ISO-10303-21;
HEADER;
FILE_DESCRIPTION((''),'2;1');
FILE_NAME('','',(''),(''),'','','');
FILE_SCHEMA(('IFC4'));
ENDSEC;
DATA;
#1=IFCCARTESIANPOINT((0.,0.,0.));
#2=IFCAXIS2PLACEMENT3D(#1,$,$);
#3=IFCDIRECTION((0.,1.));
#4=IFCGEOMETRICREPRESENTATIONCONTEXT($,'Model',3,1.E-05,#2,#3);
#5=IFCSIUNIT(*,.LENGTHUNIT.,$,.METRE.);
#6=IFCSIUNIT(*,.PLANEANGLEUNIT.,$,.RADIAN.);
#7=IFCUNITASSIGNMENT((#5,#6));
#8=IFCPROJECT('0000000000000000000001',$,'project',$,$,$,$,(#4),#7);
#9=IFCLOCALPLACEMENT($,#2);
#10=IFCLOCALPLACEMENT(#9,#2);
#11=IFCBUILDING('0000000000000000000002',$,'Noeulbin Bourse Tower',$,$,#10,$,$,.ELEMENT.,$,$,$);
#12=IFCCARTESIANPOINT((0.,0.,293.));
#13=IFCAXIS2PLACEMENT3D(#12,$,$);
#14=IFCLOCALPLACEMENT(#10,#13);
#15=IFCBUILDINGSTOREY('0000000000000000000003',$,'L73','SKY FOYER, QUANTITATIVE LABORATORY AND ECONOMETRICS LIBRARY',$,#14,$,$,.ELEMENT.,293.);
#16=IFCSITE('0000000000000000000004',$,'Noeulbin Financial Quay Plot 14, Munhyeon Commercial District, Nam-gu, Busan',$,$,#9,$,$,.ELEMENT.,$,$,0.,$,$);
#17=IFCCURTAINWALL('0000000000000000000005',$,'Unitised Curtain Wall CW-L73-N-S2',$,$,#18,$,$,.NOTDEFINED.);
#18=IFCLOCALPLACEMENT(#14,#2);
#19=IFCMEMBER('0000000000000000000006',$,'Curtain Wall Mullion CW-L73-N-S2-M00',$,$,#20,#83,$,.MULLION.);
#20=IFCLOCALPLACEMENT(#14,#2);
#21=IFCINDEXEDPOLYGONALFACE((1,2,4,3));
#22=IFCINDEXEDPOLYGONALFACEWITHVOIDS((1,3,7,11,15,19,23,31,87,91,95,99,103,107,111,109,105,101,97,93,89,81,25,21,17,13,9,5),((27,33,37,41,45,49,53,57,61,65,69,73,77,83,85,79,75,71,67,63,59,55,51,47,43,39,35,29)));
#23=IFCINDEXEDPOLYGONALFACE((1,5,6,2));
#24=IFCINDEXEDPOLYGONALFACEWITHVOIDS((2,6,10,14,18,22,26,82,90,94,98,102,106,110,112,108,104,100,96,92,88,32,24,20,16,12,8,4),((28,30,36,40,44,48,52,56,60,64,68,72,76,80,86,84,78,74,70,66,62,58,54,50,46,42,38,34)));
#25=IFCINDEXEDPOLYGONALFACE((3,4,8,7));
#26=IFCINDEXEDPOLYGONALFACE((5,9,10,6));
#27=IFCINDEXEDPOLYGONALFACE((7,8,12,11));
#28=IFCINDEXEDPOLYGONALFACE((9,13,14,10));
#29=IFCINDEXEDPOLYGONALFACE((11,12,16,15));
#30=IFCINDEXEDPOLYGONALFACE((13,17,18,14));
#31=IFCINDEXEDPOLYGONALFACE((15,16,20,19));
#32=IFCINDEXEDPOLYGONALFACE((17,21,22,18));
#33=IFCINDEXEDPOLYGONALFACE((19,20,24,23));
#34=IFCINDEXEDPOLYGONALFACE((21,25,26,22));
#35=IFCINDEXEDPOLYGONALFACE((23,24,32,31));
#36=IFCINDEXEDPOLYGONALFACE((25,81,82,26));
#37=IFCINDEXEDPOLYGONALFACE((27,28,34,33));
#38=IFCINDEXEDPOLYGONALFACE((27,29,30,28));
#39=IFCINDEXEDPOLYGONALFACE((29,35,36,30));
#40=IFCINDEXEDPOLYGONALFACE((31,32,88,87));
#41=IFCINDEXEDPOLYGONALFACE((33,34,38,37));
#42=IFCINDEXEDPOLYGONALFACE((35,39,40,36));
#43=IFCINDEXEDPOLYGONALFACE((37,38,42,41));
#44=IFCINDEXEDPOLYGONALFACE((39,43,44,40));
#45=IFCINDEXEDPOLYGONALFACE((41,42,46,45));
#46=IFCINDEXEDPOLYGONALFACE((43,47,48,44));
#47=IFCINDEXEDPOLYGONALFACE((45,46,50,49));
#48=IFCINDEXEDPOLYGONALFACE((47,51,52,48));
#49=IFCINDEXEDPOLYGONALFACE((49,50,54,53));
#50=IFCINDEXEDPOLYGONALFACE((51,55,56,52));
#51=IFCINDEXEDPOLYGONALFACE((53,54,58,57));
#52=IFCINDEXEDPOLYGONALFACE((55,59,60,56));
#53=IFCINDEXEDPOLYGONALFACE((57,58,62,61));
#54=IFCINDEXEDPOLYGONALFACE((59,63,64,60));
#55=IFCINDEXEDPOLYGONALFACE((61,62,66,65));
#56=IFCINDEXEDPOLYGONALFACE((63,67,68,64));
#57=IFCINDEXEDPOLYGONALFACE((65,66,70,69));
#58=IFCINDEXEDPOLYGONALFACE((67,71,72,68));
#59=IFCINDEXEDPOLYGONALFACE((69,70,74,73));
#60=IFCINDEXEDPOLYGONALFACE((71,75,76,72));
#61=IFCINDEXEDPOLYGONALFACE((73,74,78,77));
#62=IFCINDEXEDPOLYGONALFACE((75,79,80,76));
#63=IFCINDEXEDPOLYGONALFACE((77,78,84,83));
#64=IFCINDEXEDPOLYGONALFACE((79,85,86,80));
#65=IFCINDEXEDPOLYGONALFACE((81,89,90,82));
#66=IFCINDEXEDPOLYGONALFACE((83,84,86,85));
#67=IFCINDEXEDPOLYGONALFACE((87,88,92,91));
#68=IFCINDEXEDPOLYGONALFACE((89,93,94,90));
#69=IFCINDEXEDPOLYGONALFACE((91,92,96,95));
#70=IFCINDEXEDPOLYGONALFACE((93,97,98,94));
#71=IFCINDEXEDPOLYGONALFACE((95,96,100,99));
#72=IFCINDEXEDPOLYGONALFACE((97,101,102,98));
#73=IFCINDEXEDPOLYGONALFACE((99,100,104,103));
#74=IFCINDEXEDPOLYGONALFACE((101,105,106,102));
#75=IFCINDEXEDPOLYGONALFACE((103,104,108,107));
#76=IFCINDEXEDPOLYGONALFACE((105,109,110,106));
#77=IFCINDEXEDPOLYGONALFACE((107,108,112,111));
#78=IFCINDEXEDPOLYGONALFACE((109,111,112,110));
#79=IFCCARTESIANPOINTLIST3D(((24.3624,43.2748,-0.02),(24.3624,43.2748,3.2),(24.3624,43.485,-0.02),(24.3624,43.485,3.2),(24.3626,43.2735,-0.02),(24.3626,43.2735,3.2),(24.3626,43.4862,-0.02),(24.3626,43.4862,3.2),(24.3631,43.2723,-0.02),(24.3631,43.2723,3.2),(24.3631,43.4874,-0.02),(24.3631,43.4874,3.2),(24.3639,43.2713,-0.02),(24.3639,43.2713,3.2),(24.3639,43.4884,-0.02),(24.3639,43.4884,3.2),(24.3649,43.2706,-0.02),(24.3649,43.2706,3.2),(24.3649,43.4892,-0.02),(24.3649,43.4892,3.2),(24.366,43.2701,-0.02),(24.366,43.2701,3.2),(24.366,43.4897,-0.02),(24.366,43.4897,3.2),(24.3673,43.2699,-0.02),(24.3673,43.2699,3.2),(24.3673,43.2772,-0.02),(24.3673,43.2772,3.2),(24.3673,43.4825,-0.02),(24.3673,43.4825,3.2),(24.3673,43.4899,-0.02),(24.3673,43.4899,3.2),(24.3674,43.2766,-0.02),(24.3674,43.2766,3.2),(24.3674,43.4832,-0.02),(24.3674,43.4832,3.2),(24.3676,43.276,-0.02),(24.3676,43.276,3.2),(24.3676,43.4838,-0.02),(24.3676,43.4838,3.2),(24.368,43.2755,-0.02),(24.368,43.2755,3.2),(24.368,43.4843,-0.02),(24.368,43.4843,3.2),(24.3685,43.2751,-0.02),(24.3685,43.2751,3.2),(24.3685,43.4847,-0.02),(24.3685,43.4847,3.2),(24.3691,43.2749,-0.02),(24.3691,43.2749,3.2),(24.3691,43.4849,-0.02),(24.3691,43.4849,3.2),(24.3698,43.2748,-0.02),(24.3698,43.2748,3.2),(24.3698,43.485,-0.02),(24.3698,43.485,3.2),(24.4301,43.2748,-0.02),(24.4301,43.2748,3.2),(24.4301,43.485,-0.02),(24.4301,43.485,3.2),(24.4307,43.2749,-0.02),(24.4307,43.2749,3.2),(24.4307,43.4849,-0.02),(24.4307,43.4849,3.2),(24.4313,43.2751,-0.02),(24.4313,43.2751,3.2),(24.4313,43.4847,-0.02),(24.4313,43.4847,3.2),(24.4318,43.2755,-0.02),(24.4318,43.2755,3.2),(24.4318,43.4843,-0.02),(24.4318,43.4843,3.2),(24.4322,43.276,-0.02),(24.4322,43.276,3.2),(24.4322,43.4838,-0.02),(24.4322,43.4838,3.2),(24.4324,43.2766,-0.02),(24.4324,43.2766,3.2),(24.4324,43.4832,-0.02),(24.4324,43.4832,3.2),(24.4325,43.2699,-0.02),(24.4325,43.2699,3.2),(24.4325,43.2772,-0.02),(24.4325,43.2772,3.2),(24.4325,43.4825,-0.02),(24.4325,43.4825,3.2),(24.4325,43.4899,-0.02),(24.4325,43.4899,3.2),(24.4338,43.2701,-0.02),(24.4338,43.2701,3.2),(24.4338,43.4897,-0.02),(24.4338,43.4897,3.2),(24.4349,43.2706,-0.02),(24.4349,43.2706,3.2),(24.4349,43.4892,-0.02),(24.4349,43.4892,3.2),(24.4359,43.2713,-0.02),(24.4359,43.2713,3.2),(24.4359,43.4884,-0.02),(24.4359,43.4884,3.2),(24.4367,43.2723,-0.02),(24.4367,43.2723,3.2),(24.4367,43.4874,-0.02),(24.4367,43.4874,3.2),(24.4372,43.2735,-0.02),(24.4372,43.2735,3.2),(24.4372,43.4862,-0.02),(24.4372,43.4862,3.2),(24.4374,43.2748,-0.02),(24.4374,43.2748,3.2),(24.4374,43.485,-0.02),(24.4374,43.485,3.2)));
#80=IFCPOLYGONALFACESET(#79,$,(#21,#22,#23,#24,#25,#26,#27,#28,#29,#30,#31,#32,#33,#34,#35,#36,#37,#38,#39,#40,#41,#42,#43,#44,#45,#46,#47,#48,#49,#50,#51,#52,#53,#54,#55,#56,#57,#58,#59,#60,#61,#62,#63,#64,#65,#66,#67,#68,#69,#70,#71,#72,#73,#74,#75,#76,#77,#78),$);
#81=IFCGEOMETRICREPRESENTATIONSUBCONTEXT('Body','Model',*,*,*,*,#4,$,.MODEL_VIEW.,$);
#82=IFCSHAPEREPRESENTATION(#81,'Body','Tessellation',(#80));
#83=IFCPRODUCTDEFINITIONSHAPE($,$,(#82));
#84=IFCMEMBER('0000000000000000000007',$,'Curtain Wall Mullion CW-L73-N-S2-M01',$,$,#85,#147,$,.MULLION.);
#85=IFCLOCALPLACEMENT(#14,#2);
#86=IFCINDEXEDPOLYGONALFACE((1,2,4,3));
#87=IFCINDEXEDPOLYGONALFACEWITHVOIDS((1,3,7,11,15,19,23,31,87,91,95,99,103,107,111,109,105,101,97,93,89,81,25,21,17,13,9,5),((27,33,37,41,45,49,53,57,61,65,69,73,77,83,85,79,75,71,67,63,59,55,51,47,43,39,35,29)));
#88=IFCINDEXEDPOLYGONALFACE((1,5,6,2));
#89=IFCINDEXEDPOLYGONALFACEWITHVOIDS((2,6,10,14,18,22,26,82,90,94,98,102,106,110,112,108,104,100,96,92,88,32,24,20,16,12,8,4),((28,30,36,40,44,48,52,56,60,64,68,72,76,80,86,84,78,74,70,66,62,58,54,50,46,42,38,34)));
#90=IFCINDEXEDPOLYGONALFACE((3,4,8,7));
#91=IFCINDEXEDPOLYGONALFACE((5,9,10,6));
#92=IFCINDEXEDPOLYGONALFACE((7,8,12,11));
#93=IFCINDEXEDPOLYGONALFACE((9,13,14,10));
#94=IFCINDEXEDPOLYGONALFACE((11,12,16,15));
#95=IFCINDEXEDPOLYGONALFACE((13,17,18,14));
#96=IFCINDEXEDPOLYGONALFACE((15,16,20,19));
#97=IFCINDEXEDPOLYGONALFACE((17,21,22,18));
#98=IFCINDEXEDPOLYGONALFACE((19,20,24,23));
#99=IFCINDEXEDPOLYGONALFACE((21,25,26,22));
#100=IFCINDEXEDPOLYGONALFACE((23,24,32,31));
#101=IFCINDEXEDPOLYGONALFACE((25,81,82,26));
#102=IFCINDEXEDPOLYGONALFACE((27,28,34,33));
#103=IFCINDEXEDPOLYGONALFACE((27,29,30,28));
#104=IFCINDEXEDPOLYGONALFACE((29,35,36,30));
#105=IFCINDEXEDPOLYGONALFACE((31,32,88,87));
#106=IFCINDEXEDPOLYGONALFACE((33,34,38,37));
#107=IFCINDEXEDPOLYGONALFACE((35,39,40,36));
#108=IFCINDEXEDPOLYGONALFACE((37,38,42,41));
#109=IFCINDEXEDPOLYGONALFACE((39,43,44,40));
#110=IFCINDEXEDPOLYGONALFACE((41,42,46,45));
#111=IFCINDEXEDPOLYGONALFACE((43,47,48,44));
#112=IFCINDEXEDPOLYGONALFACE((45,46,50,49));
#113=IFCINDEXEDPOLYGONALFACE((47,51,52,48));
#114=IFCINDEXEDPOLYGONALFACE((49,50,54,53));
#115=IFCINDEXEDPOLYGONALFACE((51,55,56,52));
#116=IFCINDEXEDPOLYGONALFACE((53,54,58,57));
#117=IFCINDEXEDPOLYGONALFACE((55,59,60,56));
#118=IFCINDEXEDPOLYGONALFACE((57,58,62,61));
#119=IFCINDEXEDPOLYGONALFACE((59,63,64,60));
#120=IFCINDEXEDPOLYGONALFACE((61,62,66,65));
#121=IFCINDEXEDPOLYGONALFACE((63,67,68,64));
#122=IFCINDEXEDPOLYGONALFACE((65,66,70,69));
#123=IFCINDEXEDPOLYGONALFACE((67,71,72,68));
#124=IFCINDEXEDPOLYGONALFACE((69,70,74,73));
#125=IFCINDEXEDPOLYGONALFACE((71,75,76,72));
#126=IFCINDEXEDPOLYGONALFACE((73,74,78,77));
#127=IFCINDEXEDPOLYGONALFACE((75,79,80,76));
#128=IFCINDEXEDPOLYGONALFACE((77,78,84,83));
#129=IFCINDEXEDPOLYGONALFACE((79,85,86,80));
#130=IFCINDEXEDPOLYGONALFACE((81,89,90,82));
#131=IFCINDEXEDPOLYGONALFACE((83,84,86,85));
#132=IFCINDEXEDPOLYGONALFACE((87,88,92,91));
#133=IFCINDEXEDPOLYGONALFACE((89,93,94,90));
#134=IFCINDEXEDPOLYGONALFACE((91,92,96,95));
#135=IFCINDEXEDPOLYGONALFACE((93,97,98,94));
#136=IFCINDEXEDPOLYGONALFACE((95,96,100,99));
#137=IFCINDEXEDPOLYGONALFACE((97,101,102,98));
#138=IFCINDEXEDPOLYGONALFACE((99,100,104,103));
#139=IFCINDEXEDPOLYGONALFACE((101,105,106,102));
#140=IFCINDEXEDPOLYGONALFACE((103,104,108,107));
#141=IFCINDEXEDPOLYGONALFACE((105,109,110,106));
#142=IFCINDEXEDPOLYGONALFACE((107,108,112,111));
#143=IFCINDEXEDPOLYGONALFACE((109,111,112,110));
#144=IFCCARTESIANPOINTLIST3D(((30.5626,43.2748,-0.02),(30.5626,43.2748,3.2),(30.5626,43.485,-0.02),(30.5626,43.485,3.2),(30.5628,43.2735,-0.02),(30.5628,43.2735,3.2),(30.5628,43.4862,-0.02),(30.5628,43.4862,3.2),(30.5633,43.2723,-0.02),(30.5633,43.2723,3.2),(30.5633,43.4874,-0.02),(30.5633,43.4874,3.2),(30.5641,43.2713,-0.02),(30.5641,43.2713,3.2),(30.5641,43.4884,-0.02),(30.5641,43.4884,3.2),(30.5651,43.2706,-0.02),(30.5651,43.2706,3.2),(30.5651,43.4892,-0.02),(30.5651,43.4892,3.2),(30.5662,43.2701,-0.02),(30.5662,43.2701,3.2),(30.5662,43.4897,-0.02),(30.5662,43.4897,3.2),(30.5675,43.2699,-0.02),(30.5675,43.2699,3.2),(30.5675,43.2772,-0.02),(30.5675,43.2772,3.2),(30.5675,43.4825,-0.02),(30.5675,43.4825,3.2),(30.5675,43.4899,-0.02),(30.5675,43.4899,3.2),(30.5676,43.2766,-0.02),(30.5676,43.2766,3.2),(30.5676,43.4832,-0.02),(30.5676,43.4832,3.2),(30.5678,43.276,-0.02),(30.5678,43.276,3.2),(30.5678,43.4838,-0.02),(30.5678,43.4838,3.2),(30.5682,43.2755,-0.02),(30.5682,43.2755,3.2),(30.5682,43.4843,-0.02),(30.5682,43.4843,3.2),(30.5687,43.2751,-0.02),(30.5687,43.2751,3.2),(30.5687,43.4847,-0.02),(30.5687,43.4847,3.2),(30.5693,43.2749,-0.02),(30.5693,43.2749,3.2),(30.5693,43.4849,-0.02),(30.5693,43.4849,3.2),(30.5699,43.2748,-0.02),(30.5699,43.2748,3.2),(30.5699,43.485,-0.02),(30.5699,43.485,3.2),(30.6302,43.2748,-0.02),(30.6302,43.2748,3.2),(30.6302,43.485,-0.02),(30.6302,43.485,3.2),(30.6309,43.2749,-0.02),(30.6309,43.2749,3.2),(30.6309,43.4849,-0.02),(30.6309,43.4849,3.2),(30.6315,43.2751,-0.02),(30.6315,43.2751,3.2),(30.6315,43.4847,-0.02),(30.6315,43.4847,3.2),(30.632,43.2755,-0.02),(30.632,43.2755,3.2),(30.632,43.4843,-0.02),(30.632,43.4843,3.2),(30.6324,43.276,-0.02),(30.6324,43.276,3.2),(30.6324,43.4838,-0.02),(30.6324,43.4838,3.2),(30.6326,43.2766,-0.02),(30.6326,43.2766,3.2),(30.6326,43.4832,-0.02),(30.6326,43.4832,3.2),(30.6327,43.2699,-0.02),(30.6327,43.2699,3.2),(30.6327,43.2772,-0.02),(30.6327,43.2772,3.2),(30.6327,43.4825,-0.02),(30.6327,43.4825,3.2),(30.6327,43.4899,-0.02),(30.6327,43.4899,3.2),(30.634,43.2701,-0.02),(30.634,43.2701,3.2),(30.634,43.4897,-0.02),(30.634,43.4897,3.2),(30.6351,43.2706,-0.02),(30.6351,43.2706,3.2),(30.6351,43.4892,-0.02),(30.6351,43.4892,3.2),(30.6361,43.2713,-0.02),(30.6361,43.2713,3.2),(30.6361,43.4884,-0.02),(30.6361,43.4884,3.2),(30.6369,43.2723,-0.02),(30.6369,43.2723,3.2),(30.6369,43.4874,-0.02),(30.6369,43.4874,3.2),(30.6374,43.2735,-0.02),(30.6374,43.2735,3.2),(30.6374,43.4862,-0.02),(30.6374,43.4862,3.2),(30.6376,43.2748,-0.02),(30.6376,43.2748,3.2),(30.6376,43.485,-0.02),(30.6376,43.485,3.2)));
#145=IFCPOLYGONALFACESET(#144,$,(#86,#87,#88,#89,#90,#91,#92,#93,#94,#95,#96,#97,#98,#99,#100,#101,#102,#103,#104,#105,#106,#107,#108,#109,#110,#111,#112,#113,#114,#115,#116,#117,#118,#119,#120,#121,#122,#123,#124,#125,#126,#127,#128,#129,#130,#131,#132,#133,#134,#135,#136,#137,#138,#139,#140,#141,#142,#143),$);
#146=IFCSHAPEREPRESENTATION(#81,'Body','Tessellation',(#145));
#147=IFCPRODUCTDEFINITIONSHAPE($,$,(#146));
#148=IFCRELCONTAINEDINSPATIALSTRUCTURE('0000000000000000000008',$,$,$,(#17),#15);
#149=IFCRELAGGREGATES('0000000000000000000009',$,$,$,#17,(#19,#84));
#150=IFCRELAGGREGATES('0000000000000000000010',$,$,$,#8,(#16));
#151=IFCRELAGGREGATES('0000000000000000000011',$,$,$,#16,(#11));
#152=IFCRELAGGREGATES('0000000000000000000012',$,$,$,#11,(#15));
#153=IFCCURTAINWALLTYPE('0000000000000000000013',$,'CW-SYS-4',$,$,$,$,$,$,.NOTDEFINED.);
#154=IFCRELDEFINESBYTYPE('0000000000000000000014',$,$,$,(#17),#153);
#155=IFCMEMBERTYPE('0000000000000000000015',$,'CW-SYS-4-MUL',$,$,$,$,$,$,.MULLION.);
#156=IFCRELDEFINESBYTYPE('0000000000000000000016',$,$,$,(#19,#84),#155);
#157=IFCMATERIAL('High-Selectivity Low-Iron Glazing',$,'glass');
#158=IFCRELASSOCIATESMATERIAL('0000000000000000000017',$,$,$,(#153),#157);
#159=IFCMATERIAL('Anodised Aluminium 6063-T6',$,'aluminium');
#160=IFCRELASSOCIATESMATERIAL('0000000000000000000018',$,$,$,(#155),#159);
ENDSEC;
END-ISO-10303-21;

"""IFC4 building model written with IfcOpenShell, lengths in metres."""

from ifc_helpers import new_model, si_unit, direction, frame, origin, origin_2d, place, context, subcontext, project, spatial, hollow_rectangle, extrude, material, material_profile, profile_set, type_object, element, aggregate, save


model = new_model("IFC4")

# Units and contexts
model_context = context("Model", 3, precision=1e-05, world=origin(), true_north=direction((0.0, 1.0)))
body_context = subcontext(model_context, "Body", "Model", "MODEL_VIEW")
ifc_project = project(units=[si_unit("LENGTHUNIT", "METRE"), si_unit("PLANEANGLEUNIT", "RADIAN")], contexts=[model_context])

# Site, building, storey
site_placement = place(None, origin())
site = spatial("IfcSite", under=ifc_project, at=site_placement, Name="Noeulbin Financial Quay Plot 14, Munhyeon Commercial District, Nam-gu, Busan", CompositionType="ELEMENT", RefElevation=0.0)
building_placement = place(site_placement, origin())
building = spatial("IfcBuilding", under=site, at=building_placement, Name="Noeulbin Bourse Tower", CompositionType="ELEMENT")
storey_placement = place(building_placement, frame((0.0, 0.0, 293.0)))
storey = spatial("IfcBuildingStorey", under=building, at=storey_placement, Name="L73", Description="SKY FOYER, QUANTITATIVE LABORATORY AND ECONOMETRICS LIBRARY", CompositionType="ELEMENT", Elevation=293.0)

# Curtain wall, members
ifc_material_1 = material(Name="High-Selectivity Low-Iron Glazing", Category="glass")
curtain_wall_type = type_object("IfcCurtainWallType", Name="CW-SYS-4", PredefinedType="NOTDEFINED", material=ifc_material_1)
ifc_material_2 = material(Name="Anodised Aluminium 6063-T6", Category="aluminium")
ifc_material_profile_1 = material_profile(ifc_material_2, hollow_rectangle(XDim=0.075, YDim=0.22, WallThickness=0.0049, InnerFilletRadius=0.0024, OuterFilletRadius=0.0049, at=origin_2d()), Name="ALU-MULL-75x220x5", Category="LoadBearing")
ifc_profile_set_1 = profile_set([ifc_material_profile_1], Name="Anodised Aluminium 6063-T6")
member_type_1 = type_object("IfcMemberType", Name="CW-SYS-4-MUL", PredefinedType="MULLION", material=ifc_profile_set_1)
curtain_wall_1_placement = place(storey_placement, origin())
curtain_wall_1 = element("IfcCurtainWall", 1, at=curtain_wall_1_placement, inside=storey, type_object=curtain_wall_type, Name="Unitised Curtain Wall CW-L73-N-S2", PredefinedType="NOTDEFINED")
member_1_placement = place(storey_placement, frame((24.3999, 43.3799, -0.02), z_axis=(0.0, 0.0, 1.0), x_axis=(1.0, 0.0, 0.0)))
member_1 = element("IfcMember", 2, at=member_1_placement, type_object=member_type_1, Name="Curtain Wall Mullion CW-L73-N-S2-M00", PredefinedType="MULLION", context=body_context, shape_type="SweptSolid", body=[
    extrude(hollow_rectangle(XDim=0.075, YDim=0.22, WallThickness=0.0049, InnerFilletRadius=0.0024, OuterFilletRadius=0.0049, at=origin_2d()), origin(), (0.0, 0.0, 1.0), 3.22),
])
member_2_placement = place(storey_placement, frame((30.6001, 43.3799, -0.02), z_axis=(0.0, 0.0, 1.0), x_axis=(1.0, 0.0, 0.0)))
member_2 = element("IfcMember", 3, at=member_2_placement, type_object=member_type_1, Name="Curtain Wall Mullion CW-L73-N-S2-M01", PredefinedType="MULLION", context=body_context, shape_type="SweptSolid", body=[
    extrude(hollow_rectangle(XDim=0.075, YDim=0.22, WallThickness=0.0049, InnerFilletRadius=0.0024, OuterFilletRadius=0.0049, at=origin_2d()), origin(), (0.0, 0.0, 1.0), 3.22),
])

aggregate(curtain_wall_1, [member_1, member_2])

save(model, "model.ifc")
